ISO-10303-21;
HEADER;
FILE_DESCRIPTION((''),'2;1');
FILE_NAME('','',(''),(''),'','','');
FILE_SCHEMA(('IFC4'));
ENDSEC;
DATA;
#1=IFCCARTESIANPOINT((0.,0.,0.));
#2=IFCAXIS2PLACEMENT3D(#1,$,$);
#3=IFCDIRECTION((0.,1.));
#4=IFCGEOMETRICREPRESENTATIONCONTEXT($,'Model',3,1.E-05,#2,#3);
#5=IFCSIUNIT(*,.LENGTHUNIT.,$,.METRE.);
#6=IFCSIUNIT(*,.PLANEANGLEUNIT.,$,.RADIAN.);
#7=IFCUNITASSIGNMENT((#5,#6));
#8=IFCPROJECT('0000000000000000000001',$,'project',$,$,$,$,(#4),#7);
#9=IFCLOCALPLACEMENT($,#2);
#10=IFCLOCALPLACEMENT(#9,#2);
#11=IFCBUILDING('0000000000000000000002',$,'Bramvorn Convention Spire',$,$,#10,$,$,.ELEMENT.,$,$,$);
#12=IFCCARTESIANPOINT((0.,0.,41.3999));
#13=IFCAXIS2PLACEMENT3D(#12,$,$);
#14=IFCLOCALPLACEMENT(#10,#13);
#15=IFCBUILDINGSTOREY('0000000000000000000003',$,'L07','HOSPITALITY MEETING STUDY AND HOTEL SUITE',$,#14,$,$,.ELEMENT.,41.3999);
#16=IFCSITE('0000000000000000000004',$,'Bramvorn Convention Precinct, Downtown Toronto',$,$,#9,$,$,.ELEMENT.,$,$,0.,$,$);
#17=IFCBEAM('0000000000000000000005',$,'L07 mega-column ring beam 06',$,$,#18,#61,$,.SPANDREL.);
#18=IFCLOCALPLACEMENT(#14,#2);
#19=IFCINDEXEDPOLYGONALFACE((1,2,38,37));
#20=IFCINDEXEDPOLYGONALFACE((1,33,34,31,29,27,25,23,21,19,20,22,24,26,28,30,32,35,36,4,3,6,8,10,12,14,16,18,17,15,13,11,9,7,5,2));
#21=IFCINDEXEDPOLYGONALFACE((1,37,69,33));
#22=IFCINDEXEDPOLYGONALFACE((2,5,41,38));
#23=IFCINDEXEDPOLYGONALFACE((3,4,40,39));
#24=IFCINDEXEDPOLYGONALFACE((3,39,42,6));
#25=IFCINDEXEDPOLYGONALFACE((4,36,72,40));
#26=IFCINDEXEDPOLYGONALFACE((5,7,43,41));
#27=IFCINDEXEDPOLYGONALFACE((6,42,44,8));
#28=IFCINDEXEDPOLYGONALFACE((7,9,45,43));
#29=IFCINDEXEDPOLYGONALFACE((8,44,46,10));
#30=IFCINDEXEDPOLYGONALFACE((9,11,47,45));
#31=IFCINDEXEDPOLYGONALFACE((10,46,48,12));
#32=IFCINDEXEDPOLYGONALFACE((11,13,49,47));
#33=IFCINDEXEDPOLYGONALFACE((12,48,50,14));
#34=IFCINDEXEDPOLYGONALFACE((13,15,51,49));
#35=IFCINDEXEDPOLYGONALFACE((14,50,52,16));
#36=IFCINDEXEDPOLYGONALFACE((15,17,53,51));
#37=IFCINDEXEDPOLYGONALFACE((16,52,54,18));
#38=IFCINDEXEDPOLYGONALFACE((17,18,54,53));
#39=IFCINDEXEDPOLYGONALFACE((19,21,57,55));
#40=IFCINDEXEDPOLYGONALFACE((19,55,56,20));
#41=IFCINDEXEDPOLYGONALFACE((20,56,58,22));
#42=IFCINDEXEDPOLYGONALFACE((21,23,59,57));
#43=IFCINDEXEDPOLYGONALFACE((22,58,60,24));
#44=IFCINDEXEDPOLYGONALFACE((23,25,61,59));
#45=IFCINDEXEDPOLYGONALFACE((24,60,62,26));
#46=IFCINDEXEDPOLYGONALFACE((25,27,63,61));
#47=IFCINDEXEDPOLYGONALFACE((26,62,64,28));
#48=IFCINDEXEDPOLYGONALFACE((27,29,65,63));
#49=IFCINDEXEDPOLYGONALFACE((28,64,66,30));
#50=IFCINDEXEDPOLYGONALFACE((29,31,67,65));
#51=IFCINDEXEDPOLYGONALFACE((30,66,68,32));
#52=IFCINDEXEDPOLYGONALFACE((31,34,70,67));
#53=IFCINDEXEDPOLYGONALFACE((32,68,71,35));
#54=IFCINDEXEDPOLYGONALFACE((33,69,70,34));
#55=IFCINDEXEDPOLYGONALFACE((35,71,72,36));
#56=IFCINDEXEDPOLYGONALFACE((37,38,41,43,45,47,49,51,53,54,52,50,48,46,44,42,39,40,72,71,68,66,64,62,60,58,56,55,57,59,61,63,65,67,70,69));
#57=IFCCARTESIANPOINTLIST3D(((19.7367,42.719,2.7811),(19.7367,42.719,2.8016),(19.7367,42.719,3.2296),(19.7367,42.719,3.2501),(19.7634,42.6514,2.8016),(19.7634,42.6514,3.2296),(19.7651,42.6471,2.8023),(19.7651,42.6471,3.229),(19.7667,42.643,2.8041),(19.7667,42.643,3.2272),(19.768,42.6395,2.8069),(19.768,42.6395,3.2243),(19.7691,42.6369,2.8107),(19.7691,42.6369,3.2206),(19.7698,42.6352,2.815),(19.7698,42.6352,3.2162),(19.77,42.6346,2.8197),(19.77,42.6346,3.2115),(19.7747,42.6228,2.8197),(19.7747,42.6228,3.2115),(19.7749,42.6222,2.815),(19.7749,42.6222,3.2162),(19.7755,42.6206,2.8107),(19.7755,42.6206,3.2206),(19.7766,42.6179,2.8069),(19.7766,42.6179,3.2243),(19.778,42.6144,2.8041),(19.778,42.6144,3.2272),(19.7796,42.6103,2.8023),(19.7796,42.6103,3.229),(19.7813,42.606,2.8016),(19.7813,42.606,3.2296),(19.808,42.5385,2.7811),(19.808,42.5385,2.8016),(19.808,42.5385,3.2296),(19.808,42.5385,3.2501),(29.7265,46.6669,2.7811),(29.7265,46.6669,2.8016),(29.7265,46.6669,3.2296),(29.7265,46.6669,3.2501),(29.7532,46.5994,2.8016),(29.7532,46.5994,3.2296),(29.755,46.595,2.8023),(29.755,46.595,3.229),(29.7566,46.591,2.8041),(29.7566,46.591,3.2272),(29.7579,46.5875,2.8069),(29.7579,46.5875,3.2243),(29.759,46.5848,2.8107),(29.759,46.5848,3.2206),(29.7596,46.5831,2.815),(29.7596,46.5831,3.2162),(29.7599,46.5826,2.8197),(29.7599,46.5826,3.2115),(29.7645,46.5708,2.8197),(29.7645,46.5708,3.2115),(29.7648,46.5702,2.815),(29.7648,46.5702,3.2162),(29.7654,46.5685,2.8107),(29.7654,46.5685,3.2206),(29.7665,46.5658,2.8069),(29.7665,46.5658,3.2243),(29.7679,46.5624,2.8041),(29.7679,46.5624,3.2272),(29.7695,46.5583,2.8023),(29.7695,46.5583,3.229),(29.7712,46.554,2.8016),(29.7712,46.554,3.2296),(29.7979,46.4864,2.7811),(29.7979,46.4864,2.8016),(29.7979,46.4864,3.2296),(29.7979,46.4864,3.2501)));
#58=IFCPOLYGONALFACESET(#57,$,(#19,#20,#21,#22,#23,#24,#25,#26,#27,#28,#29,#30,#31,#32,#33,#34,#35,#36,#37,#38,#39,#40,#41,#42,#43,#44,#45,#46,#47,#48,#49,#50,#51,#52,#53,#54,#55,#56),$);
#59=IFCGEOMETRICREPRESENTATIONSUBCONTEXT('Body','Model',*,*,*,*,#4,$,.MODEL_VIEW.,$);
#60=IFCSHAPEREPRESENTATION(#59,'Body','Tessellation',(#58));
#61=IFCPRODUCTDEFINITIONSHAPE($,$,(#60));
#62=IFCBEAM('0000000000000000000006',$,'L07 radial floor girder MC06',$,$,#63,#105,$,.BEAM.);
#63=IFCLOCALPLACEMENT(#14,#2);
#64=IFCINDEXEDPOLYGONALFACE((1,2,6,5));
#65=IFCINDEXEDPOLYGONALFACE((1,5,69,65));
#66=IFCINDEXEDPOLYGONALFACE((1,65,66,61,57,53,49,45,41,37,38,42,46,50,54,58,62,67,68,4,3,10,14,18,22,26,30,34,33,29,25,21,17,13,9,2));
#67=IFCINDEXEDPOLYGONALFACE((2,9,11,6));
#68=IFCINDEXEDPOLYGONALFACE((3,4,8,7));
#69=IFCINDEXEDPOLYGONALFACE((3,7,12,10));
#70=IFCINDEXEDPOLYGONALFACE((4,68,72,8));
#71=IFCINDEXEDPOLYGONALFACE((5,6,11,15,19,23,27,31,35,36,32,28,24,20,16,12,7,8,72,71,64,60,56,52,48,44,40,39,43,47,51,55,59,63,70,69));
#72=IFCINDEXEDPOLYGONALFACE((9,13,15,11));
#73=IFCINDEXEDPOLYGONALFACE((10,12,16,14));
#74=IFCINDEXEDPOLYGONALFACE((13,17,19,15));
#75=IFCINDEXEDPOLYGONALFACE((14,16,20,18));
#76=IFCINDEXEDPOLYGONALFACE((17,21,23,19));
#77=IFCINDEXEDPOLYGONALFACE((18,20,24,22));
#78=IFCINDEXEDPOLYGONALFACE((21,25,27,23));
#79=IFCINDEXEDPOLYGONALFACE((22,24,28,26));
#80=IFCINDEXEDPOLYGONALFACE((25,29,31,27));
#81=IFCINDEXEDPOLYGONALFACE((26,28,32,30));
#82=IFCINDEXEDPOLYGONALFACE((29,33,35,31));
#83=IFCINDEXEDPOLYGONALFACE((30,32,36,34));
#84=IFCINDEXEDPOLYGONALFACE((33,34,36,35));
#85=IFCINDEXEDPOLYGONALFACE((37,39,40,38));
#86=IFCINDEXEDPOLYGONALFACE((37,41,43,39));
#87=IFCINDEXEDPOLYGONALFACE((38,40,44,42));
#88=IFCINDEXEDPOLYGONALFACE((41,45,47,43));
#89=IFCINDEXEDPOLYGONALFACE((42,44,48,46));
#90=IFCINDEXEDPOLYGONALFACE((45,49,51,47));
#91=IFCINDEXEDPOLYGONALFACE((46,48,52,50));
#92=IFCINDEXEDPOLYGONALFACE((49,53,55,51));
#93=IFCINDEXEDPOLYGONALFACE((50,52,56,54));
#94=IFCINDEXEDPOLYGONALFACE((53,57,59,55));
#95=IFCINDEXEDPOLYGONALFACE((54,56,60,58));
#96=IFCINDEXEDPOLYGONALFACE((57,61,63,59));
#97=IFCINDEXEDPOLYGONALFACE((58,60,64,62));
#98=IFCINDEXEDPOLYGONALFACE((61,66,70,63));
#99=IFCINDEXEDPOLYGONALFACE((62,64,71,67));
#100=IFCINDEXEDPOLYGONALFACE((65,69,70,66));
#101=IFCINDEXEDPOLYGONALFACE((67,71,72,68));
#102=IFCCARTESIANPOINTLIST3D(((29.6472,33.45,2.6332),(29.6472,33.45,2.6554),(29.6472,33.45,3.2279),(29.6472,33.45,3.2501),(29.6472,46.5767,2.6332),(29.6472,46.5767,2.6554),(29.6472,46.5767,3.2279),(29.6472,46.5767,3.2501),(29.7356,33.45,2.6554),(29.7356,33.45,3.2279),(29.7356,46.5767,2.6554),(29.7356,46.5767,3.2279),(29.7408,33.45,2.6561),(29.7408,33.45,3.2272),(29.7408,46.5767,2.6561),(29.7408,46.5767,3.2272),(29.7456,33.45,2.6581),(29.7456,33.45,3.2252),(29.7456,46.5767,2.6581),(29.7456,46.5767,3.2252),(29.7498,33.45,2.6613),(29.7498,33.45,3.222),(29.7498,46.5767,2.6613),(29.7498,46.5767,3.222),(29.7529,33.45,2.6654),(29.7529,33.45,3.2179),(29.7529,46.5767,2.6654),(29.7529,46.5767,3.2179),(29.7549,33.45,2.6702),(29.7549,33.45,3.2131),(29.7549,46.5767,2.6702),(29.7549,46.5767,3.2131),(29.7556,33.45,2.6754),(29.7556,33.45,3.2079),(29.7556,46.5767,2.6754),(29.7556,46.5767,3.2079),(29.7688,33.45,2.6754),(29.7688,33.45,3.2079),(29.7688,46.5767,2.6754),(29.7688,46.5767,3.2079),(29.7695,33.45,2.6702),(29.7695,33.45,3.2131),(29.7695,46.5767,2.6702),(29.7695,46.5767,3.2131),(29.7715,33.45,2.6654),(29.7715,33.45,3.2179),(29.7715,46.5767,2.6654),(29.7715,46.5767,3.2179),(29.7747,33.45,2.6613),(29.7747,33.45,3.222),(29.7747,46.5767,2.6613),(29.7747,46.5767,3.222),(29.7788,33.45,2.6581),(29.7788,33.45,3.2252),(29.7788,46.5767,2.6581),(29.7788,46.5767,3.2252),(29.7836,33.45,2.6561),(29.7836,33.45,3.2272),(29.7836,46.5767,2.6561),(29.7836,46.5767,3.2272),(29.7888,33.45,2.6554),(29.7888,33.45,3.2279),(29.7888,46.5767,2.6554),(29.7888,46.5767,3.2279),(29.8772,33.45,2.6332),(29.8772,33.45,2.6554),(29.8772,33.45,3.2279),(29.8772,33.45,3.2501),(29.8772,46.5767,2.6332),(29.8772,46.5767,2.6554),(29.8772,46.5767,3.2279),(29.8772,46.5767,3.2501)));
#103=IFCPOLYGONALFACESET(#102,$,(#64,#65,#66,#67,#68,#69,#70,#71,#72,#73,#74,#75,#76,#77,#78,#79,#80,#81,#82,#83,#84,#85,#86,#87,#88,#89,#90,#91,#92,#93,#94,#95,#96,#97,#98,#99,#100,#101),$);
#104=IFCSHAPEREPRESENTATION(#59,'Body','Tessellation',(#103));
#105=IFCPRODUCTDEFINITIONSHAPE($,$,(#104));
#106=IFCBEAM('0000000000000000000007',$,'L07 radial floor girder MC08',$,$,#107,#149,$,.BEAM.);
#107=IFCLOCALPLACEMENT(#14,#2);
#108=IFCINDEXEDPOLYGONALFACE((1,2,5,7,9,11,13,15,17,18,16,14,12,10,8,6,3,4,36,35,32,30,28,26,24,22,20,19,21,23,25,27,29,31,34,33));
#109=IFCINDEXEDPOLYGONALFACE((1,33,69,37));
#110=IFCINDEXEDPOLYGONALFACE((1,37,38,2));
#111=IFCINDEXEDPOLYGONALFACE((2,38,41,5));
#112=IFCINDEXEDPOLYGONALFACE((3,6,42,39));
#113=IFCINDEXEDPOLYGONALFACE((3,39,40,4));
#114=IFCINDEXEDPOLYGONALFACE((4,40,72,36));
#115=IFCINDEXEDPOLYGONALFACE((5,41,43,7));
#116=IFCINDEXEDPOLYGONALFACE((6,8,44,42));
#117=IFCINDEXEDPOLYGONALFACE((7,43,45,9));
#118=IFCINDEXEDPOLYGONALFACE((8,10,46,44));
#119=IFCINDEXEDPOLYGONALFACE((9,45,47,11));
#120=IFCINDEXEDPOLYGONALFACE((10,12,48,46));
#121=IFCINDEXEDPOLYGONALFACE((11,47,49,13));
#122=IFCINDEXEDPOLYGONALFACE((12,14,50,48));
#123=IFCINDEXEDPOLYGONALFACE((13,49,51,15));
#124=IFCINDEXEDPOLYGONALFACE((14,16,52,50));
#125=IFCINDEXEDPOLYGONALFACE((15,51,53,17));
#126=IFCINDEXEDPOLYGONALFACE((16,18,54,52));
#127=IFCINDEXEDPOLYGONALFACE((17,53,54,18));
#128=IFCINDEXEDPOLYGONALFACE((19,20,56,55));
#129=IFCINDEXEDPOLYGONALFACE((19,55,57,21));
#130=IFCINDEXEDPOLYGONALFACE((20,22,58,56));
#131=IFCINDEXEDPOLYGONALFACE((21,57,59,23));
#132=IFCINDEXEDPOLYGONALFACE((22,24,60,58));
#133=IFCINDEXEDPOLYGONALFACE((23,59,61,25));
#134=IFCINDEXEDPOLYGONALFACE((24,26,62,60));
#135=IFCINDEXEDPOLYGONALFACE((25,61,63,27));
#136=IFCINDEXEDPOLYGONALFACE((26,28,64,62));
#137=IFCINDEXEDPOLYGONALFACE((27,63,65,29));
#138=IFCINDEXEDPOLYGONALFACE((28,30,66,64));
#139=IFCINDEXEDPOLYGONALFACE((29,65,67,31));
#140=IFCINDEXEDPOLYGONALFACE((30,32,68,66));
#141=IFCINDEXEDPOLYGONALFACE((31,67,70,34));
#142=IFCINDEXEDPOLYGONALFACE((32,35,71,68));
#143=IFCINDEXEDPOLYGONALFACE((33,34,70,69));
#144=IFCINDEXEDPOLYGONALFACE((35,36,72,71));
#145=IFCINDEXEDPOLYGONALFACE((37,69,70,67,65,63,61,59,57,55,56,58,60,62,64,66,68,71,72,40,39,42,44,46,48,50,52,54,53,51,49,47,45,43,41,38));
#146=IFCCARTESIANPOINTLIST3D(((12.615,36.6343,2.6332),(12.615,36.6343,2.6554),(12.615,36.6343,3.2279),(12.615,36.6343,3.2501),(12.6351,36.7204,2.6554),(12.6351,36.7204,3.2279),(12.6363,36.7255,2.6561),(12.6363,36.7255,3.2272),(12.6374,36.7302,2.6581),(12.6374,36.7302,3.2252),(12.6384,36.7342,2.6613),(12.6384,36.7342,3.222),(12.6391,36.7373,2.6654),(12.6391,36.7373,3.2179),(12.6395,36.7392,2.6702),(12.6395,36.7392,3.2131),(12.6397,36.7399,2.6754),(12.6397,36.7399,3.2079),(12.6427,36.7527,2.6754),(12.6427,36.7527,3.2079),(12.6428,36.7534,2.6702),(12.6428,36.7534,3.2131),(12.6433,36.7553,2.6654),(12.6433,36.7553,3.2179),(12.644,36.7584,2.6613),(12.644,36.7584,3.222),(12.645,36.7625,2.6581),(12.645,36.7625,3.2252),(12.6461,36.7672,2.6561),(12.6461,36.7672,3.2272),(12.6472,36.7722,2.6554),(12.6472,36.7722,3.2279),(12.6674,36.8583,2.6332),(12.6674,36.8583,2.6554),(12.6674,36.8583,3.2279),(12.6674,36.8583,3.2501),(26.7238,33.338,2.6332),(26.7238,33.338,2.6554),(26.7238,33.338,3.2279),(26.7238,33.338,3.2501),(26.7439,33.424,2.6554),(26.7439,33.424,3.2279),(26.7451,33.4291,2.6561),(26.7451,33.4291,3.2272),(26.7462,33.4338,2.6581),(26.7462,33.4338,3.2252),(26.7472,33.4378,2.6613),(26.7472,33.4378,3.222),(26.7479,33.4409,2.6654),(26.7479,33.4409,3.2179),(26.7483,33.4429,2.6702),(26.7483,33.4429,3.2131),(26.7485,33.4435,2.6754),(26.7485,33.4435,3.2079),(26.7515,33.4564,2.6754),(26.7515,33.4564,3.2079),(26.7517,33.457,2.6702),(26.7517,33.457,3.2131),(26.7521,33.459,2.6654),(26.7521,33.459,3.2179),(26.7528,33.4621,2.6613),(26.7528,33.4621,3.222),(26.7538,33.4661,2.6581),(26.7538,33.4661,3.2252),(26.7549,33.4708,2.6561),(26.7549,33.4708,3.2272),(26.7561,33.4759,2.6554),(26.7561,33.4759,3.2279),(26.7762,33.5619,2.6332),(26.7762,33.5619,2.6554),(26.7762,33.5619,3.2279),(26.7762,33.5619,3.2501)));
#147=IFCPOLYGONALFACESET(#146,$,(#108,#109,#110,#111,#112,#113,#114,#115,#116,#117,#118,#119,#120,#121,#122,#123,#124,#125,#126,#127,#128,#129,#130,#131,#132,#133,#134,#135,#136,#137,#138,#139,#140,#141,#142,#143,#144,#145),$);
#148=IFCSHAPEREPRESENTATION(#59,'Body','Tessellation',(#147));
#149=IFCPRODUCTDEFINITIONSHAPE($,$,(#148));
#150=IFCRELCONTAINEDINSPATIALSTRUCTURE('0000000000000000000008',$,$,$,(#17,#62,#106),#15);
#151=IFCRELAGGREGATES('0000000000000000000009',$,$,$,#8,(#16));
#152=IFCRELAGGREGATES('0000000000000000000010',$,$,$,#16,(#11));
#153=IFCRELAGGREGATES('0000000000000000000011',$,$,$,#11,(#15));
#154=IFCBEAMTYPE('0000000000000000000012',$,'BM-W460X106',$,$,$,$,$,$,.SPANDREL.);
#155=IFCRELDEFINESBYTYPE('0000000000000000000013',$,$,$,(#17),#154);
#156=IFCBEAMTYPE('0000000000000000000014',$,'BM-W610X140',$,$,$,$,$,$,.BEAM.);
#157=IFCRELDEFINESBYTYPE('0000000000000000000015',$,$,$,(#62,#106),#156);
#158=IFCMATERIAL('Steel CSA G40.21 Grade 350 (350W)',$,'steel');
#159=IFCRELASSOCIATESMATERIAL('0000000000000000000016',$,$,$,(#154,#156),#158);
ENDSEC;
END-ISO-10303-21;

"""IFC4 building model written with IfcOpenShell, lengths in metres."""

from ifc_helpers import new_model, si_unit, direction, frame, origin, origin_2d, place, context, subcontext, project, spatial, i_section, extrude, material, material_profile, profile_set, type_object, element, save


model = new_model("IFC4")

# Units and contexts
model_context = context("Model", 3, precision=1e-05, world=origin(), true_north=direction((0.0, 1.0)))
body_context = subcontext(model_context, "Body", "Model", "MODEL_VIEW")
ifc_project = project(units=[si_unit("LENGTHUNIT", "METRE"), si_unit("PLANEANGLEUNIT", "RADIAN")], contexts=[model_context])

# Site, building, storey
site_placement = place(None, origin())
site = spatial("IfcSite", under=ifc_project, at=site_placement, Name="Bramvorn Convention Precinct, Downtown Toronto", CompositionType="ELEMENT", RefElevation=0.0)
building_placement = place(site_placement, origin())
building = spatial("IfcBuilding", under=site, at=building_placement, Name="Bramvorn Convention Spire", CompositionType="ELEMENT")
storey_placement = place(building_placement, frame((0.0, 0.0, 41.3999)))
storey = spatial("IfcBuildingStorey", under=building, at=storey_placement, Name="L07", Description="HOSPITALITY MEETING STUDY AND HOTEL SUITE", CompositionType="ELEMENT", Elevation=41.3999)

# Shared definitions
ifc_material_1 = material(Name="Steel CSA G40.21 Grade 350 (350W)", Category="steel")

# Beams
ifc_material_profile_1 = material_profile(ifc_material_1, i_section(OverallWidth=0.1941, OverallDepth=0.469, WebThickness=0.0127, FlangeThickness=0.0205, FilletRadius=0.0181, at=origin_2d()))
ifc_profile_set_1 = profile_set([ifc_material_profile_1], Name="Steel CSA G40.21 Grade 350 (350W) - W460X106")
beam_type_1 = type_object("IfcBeamType", Name="BM-W460X106", PredefinedType="SPANDREL", material=ifc_profile_set_1)
beam_1_placement = place(storey_placement, frame((29.7622, 46.5767, 3.0156), z_axis=(-0.93001, -0.367535, 0.0), x_axis=(0.367535, -0.93001, 0.0)))
element("IfcBeam", 1, at=beam_1_placement, inside=storey, type_object=beam_type_1, Name="L07 mega-column ring beam 06", PredefinedType="SPANDREL", context=body_context, shape_type="SweptSolid", body=[
    extrude(i_section(OverallWidth=0.1941, OverallDepth=0.469, WebThickness=0.0127, FlangeThickness=0.0205, FilletRadius=0.0181, at=origin_2d()), origin(), (0.0, 0.0, 1.0), 10.7417),
])
ifc_material_profile_2 = material_profile(ifc_material_1, i_section(OverallWidth=0.23, OverallDepth=0.6169, WebThickness=0.0132, FlangeThickness=0.0222, FilletRadius=0.02, at=origin_2d()))
ifc_profile_set_2 = profile_set([ifc_material_profile_2], Name="Steel CSA G40.21 Grade 350 (350W) - W610X140")
beam_type_2 = type_object("IfcBeamType", Name="BM-W610X140", PredefinedType="BEAM", material=ifc_profile_set_2)
beam_2_placement = place(storey_placement, frame((29.7622, 33.45, 2.9417), z_axis=(0.0, 1.0, 0.0), x_axis=(-1.0, 0.0, 0.0)))
element("IfcBeam", 2, at=beam_2_placement, inside=storey, type_object=beam_type_2, Name="L07 radial floor girder MC06", PredefinedType="BEAM", context=body_context, shape_type="SweptSolid", body=[
    extrude(i_section(OverallWidth=0.23, OverallDepth=0.6169, WebThickness=0.0132, FlangeThickness=0.0222, FilletRadius=0.02, at=origin_2d()), origin(), (0.0, 0.0, 1.0), 13.1267),
])
beam_3_placement = place(storey_placement, frame((26.75, 33.45, 2.9417), z_axis=(-0.973775, 0.227512, 0.0), x_axis=(-0.227512, -0.973775, 0.0)))
element("IfcBeam", 3, at=beam_3_placement, inside=storey, type_object=beam_type_2, Name="L07 radial floor girder MC08", PredefinedType="BEAM", context=body_context, shape_type="SweptSolid", body=[
    extrude(i_section(OverallWidth=0.23, OverallDepth=0.6169, WebThickness=0.0132, FlangeThickness=0.0222, FilletRadius=0.02, at=origin_2d()), origin(), (0.0, 0.0, 1.0), 14.4888),
])

save(model, "model.ifc")
